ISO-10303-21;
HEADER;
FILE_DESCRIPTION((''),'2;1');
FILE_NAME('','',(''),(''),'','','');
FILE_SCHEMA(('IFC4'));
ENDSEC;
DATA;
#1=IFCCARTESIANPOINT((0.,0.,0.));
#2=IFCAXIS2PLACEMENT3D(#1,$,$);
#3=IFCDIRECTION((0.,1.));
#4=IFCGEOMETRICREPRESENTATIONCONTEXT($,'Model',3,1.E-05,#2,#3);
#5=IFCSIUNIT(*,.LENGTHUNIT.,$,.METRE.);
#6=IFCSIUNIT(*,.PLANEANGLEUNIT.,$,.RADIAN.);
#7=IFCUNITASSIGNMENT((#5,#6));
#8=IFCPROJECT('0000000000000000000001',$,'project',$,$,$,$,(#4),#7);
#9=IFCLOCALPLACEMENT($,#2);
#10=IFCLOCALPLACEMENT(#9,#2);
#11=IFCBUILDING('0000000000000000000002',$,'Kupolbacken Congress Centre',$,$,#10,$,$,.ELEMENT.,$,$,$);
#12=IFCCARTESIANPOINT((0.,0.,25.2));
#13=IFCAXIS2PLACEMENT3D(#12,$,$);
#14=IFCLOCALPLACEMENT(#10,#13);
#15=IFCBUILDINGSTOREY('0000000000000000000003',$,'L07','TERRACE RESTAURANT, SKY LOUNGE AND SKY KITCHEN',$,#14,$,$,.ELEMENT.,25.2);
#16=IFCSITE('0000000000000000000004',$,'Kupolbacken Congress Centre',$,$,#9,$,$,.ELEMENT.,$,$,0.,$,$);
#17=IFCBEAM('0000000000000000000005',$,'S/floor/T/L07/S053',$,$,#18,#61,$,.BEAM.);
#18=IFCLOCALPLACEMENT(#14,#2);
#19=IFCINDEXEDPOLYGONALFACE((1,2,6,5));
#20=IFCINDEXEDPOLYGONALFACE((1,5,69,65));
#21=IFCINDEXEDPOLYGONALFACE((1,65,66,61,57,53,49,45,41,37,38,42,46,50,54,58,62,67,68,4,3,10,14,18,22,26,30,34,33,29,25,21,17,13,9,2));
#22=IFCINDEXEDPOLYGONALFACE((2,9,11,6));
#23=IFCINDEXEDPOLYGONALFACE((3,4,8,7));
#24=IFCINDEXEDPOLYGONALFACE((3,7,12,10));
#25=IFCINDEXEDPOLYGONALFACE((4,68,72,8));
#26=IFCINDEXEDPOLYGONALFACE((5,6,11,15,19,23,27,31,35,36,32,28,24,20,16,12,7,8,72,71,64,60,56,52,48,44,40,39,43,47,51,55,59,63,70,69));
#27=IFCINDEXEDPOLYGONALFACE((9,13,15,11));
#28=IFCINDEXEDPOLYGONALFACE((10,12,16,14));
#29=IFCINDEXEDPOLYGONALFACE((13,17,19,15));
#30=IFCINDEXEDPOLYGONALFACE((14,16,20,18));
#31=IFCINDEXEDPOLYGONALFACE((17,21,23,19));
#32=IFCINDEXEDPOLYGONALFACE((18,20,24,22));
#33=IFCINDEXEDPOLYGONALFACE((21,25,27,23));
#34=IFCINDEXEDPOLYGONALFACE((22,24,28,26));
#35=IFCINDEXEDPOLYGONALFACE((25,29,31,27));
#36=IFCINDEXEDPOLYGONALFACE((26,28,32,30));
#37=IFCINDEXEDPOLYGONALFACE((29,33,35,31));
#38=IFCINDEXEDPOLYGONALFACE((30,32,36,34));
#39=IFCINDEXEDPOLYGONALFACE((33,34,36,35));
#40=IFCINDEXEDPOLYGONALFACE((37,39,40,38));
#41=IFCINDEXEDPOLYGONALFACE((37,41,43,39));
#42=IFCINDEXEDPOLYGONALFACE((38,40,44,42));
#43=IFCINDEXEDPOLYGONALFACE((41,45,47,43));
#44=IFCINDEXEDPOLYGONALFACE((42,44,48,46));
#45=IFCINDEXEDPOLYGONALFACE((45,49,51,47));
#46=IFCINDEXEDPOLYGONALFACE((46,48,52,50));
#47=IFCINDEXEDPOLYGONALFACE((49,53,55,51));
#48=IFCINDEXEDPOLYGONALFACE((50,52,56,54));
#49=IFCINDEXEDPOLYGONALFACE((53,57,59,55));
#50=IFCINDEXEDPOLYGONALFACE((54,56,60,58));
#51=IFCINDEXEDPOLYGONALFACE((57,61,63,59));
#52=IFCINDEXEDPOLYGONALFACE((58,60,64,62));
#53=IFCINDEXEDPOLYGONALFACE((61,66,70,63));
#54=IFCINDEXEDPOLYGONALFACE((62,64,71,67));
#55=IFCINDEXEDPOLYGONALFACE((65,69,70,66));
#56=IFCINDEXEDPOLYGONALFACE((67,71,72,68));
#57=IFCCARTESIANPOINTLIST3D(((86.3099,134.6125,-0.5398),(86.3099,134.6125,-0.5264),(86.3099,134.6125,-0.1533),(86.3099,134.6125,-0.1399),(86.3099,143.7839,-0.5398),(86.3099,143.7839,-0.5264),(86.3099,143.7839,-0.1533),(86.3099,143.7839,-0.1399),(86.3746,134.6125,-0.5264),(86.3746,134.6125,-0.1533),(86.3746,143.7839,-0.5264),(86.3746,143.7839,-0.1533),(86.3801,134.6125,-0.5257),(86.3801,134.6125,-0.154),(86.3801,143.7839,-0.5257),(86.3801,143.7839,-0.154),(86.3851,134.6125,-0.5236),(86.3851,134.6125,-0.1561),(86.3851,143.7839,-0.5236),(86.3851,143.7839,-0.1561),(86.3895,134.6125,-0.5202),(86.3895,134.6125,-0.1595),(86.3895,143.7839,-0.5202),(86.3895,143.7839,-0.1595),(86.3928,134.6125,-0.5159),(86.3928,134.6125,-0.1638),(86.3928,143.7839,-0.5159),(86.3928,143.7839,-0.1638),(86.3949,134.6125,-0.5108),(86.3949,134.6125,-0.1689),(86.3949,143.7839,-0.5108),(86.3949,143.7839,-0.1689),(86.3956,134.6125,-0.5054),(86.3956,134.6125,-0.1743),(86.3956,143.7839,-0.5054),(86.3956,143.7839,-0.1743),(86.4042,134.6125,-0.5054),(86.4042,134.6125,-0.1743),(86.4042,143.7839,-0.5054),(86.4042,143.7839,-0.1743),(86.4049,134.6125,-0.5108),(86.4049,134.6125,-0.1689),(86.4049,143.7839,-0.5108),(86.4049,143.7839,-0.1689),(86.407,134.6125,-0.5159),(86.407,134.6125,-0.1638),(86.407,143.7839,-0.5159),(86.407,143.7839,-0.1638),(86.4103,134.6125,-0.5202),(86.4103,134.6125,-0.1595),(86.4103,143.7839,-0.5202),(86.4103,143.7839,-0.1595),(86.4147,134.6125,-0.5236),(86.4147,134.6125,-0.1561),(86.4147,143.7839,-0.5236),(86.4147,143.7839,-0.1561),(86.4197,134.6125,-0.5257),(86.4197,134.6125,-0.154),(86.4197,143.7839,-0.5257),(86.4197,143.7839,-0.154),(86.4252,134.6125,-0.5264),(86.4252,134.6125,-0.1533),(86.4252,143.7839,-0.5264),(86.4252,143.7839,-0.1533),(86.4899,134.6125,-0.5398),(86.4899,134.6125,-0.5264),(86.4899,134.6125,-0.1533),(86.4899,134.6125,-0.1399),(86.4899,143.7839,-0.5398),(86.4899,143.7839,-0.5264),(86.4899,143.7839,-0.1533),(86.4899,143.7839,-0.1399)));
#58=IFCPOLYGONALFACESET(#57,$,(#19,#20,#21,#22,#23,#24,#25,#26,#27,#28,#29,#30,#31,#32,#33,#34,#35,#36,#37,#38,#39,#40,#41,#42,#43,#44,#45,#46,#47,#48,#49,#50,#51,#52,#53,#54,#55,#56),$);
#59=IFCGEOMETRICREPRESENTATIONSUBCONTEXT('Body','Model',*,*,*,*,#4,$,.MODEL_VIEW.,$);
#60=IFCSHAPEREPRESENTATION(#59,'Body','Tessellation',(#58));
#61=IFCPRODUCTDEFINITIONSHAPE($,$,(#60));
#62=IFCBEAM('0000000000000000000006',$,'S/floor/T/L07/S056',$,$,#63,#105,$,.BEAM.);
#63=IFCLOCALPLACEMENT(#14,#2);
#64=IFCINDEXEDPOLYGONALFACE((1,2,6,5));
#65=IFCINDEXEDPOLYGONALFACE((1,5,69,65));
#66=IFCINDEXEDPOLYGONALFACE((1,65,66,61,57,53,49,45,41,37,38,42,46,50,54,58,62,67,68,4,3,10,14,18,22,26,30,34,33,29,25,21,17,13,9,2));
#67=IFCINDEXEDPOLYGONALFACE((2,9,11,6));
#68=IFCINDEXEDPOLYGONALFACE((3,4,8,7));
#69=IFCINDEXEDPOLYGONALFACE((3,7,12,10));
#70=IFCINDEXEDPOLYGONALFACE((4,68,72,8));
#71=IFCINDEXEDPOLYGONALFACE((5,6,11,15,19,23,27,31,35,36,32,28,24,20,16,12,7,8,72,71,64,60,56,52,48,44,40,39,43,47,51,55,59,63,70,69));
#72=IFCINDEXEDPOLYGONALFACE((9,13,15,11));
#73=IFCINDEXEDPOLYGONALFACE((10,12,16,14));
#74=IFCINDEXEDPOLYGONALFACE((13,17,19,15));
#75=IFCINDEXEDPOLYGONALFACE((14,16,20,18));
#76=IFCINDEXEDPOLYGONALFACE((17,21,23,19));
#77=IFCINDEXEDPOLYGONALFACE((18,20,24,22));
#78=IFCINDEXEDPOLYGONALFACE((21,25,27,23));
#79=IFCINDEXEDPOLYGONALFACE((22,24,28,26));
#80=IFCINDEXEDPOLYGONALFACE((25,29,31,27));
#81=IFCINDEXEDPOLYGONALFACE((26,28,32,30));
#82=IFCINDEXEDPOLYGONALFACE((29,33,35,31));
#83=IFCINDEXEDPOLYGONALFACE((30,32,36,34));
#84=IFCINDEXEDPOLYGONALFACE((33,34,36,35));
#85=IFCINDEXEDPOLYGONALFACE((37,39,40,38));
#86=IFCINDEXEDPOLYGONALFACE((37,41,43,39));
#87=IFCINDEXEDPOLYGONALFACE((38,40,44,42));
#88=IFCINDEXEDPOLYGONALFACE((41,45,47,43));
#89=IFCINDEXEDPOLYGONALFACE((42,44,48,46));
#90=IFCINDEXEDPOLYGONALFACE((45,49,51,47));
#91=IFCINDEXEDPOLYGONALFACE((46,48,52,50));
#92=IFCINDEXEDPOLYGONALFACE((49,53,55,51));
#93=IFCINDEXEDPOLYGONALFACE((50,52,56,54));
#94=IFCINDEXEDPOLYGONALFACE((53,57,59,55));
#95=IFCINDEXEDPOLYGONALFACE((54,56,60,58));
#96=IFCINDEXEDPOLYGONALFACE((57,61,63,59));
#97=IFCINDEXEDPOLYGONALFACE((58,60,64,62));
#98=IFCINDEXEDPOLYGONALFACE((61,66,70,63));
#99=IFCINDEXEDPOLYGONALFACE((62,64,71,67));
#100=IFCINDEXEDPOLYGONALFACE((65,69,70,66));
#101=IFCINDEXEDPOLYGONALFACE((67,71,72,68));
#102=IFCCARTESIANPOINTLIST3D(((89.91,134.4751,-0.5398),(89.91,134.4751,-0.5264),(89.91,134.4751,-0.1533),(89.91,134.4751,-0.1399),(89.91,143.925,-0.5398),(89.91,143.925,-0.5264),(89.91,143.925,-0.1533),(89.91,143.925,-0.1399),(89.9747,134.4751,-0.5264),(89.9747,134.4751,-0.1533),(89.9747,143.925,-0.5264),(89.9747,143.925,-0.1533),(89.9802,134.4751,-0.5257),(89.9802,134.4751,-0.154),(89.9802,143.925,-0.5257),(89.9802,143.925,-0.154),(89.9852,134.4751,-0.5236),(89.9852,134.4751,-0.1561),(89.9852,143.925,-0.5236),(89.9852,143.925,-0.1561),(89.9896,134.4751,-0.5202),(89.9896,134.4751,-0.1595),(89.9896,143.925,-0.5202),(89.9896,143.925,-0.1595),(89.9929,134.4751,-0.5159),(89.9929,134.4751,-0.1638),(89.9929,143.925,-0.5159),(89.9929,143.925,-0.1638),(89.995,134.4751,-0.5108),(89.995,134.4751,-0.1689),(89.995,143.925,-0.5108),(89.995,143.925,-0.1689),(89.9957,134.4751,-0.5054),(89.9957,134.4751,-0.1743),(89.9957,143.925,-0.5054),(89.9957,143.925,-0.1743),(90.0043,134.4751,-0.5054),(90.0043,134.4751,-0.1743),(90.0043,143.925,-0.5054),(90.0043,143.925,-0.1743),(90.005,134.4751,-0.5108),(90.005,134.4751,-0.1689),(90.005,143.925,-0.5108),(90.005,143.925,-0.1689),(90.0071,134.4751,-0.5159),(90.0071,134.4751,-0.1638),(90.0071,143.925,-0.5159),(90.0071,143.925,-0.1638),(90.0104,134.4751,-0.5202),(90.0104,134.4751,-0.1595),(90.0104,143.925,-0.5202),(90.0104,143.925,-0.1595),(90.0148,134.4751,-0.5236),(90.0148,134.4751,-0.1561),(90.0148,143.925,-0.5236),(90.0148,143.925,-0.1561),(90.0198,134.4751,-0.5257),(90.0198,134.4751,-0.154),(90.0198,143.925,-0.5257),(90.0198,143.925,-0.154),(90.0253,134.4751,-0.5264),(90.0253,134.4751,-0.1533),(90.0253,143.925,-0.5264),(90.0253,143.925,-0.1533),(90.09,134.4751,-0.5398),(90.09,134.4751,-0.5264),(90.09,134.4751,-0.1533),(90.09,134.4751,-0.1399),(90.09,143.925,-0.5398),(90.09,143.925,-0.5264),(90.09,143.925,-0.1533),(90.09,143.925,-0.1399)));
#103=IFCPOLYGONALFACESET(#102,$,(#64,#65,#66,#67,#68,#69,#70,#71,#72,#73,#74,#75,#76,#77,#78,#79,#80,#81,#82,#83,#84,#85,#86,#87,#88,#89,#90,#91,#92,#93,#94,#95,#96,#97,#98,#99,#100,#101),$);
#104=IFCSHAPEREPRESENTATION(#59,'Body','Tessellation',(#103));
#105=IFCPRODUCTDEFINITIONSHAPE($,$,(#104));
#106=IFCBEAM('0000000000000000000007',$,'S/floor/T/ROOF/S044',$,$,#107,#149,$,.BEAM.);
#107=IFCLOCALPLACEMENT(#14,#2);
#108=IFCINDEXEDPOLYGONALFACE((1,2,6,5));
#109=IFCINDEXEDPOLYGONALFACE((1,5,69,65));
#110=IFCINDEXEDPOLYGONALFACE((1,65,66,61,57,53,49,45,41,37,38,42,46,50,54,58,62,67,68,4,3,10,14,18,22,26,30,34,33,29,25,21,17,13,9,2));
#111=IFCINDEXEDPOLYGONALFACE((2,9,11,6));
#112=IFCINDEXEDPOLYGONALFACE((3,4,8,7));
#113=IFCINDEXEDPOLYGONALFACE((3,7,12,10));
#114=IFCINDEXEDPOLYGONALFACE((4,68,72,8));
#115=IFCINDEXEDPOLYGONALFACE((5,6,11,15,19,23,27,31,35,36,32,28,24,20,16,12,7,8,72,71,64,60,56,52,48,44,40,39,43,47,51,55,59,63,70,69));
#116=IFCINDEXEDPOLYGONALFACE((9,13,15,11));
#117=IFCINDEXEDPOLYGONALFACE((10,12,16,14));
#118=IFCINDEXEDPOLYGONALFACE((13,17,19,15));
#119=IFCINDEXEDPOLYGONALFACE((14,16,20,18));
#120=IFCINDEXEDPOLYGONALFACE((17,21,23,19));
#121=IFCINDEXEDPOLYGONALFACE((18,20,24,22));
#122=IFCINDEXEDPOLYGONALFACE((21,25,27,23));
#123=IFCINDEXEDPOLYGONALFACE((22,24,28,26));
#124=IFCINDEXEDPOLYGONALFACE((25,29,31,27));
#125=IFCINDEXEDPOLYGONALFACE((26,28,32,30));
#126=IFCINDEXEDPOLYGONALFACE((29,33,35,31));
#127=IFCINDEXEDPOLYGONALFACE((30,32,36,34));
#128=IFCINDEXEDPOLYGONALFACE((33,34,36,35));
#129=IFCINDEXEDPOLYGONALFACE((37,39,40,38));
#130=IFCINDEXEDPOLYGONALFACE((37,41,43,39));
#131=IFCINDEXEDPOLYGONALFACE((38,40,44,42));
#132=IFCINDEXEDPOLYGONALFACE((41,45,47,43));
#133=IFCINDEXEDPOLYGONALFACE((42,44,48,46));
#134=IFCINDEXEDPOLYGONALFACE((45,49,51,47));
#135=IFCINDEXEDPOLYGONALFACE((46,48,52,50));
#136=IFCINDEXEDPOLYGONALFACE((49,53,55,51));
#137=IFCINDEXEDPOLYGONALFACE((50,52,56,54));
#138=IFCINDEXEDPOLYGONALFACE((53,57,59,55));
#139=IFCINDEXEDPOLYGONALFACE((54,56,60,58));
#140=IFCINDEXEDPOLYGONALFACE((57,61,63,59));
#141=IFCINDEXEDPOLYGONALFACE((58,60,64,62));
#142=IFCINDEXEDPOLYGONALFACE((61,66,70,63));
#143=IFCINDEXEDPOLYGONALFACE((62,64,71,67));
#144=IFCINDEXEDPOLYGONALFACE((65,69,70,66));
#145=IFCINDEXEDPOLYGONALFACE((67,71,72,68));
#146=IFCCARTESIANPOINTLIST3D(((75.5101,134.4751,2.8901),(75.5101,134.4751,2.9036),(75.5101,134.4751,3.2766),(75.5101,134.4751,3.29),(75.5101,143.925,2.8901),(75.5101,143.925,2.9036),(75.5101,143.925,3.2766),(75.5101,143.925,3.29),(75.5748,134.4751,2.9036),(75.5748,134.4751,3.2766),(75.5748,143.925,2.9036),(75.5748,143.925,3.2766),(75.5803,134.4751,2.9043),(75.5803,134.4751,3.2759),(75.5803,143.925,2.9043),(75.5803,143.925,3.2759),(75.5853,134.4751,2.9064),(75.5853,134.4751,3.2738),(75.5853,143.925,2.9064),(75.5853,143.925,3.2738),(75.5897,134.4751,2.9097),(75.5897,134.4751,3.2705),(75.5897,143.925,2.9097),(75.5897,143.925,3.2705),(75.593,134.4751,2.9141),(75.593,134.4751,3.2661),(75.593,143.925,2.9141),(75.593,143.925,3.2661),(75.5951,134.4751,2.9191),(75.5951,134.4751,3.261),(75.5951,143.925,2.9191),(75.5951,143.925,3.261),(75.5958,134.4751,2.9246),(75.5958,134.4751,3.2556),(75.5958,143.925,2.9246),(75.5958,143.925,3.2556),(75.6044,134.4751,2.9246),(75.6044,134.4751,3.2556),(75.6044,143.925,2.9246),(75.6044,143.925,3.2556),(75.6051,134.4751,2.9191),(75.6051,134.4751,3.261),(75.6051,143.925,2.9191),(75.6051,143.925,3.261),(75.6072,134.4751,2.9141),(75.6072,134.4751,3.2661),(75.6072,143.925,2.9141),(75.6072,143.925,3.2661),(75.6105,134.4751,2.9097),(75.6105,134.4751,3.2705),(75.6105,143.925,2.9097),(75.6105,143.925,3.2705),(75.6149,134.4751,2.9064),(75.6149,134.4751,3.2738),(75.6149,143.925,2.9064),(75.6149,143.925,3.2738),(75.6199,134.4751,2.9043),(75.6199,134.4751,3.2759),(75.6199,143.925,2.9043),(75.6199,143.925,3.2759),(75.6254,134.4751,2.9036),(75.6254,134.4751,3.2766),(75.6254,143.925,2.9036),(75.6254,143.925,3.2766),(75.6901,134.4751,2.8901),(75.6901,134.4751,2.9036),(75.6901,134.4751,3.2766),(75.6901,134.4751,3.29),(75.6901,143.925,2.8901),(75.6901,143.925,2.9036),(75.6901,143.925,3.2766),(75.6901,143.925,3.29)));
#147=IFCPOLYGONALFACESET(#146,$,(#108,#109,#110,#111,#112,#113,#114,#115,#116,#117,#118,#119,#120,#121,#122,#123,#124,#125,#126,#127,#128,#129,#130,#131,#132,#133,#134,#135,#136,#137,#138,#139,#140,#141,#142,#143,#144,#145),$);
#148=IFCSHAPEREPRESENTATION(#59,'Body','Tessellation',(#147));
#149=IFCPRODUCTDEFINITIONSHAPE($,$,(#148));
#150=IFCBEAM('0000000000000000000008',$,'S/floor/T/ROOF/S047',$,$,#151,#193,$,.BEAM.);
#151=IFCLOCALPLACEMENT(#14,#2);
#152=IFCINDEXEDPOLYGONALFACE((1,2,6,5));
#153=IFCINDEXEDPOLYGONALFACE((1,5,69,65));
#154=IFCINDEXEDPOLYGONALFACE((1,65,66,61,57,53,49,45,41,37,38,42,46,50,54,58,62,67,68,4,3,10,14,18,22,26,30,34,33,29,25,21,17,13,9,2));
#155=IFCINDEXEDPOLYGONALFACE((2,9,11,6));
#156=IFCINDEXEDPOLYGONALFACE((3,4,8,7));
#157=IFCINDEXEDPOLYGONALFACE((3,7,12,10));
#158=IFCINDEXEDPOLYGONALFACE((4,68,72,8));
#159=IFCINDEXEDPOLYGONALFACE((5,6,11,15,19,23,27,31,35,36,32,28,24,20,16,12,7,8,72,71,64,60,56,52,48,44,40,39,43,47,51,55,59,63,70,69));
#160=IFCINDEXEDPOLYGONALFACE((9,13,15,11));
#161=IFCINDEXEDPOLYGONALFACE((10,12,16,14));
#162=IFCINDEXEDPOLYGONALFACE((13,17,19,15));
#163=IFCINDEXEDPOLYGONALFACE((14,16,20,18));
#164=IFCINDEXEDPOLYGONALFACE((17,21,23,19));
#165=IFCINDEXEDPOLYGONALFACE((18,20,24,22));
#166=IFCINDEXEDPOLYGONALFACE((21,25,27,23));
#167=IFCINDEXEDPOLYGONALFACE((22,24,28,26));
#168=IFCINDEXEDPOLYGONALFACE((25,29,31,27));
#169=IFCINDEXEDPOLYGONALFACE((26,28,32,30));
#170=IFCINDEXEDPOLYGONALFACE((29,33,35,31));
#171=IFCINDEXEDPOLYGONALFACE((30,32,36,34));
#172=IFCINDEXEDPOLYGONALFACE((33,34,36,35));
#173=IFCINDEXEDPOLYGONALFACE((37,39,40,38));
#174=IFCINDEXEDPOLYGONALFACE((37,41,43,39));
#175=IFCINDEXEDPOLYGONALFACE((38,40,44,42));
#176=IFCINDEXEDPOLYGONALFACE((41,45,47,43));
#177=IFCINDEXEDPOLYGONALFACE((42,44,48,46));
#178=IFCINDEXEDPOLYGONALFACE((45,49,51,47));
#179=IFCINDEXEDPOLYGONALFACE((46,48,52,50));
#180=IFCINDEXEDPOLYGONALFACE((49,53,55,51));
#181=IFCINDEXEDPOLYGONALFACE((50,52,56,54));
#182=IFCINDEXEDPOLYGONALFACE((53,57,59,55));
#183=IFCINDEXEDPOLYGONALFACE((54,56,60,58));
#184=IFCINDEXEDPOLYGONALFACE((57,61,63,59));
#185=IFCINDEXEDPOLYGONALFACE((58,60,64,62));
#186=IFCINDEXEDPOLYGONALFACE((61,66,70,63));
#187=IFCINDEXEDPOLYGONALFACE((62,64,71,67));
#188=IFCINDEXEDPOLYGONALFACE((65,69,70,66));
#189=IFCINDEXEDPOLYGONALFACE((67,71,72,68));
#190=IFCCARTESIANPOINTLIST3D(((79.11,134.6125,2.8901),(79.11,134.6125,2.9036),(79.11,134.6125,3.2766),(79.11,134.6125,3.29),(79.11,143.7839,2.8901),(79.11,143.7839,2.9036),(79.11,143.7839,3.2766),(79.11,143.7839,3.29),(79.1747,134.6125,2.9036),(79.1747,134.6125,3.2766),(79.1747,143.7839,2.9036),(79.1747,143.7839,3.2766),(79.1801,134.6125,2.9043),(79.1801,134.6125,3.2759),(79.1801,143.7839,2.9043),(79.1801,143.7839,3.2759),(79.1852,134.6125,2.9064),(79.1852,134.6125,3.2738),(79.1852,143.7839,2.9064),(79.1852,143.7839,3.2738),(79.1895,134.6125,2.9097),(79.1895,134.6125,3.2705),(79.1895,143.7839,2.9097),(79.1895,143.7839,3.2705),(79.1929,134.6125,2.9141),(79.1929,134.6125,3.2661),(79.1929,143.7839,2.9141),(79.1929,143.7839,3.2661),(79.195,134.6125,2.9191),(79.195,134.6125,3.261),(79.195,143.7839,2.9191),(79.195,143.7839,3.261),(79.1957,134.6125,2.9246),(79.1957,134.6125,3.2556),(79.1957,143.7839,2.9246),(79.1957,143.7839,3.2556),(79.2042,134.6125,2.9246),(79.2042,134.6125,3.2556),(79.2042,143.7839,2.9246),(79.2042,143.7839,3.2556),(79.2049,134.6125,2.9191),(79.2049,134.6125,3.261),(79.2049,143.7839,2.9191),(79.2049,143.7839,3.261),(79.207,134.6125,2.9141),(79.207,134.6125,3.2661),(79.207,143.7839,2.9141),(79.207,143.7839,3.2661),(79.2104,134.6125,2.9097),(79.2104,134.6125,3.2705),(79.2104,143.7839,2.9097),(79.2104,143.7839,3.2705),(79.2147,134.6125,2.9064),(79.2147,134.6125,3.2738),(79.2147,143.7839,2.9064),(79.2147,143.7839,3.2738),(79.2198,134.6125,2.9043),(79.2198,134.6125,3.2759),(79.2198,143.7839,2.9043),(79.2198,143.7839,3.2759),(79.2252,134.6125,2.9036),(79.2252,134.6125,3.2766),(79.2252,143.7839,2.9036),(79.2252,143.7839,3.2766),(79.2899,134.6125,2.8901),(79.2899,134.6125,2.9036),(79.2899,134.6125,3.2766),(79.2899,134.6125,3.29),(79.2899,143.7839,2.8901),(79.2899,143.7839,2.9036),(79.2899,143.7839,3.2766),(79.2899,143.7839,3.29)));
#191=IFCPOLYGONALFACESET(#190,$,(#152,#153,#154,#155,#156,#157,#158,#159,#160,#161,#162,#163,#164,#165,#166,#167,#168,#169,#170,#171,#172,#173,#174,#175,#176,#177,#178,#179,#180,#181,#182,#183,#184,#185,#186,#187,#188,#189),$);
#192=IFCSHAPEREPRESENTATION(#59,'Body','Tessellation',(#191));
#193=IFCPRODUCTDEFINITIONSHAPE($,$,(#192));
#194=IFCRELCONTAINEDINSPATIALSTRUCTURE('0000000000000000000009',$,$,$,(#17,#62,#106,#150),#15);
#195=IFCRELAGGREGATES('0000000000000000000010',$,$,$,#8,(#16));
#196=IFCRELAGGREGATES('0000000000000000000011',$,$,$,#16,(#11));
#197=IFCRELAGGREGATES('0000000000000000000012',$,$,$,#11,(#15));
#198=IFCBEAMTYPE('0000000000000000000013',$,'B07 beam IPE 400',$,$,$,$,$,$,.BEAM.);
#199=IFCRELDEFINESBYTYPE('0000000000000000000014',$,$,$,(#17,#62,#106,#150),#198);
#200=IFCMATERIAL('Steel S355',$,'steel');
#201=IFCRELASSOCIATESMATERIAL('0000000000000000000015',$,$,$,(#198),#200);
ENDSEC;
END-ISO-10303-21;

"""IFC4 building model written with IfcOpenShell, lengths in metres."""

from ifc_helpers import new_model, si_unit, direction, frame, origin, origin_2d, place, context, subcontext, project, spatial, i_section, extrude, material, material_profile, profile_set, type_object, element, save


model = new_model("IFC4")

# Units and contexts
model_context = context("Model", 3, precision=1e-05, world=origin(), true_north=direction((0.0, 1.0)))
body_context = subcontext(model_context, "Body", "Model", "MODEL_VIEW")
ifc_project = project(units=[si_unit("LENGTHUNIT", "METRE"), si_unit("PLANEANGLEUNIT", "RADIAN")], contexts=[model_context])

# Site, building, storey
site_placement = place(None, origin())
site = spatial("IfcSite", under=ifc_project, at=site_placement, Name="Kupolbacken Congress Centre", CompositionType="ELEMENT", RefElevation=0.0)
building_placement = place(site_placement, origin())
building = spatial("IfcBuilding", under=site, at=building_placement, Name="Kupolbacken Congress Centre", CompositionType="ELEMENT")
storey_placement = place(building_placement, frame((0.0, 0.0, 25.2)))
storey = spatial("IfcBuildingStorey", under=building, at=storey_placement, Name="L07", Description="TERRACE RESTAURANT, SKY LOUNGE AND SKY KITCHEN", CompositionType="ELEMENT", Elevation=25.2)

# Beams
ifc_material_1 = material(Name="Steel S355", Category="steel")
ifc_material_profile_1 = material_profile(ifc_material_1, i_section(OverallWidth=0.1799, OverallDepth=0.3999, WebThickness=0.0085, FlangeThickness=0.0134, FilletRadius=0.021, at=origin_2d()), Name="IPE 400")
ifc_profile_set_1 = profile_set([ifc_material_profile_1], Name="Steel S355")
beam_type_1 = type_object("IfcBeamType", Name="B07 beam IPE 400", PredefinedType="BEAM", material=ifc_profile_set_1)
beam_1_placement = place(storey_placement, frame((86.3999, 134.6125, -0.3398), z_axis=(0.0, 1.0, 0.0), x_axis=(-1.0, 0.0, 0.0)))
element("IfcBeam", 1, at=beam_1_placement, inside=storey, type_object=beam_type_1, Name="S/floor/T/L07/S053", PredefinedType="BEAM", context=body_context, shape_type="SweptSolid", body=[
    extrude(i_section(OverallWidth=0.1799, OverallDepth=0.3999, WebThickness=0.0085, FlangeThickness=0.0134, FilletRadius=0.021, at=origin_2d()), origin(), (0.0, 0.0, 1.0), 9.1714),
])
for number, where, z_axis, x_axis, name in (
    (2, (90.0, 134.4751, -0.3398), (0.0, 1.0, 0.0), (-1.0, 0.0, 0.0), "S/floor/T/L07/S056"),
    (3, (75.6001, 134.4751, 3.0901), (0.0, 1.0, 0.0), (-1.0, 0.0, 0.0), "S/floor/T/ROOF/S044"),
):
    element("IfcBeam", number, at=place(storey_placement, frame(where, z_axis=z_axis, x_axis=x_axis)), inside=storey, type_object=beam_type_1, Name=name, PredefinedType="BEAM", context=body_context, shape_type="SweptSolid", body=[
        extrude(i_section(OverallWidth=0.1799, OverallDepth=0.3999, WebThickness=0.0085, FlangeThickness=0.0134, FilletRadius=0.021, at=origin_2d()), origin(), (0.0, 0.0, 1.0), 9.45),
    ])
beam_2_placement = place(storey_placement, frame((79.2, 134.6125, 3.0901), z_axis=(0.0, 1.0, 0.0), x_axis=(-1.0, 0.0, 0.0)))
element("IfcBeam", 4, at=beam_2_placement, inside=storey, type_object=beam_type_1, Name="S/floor/T/ROOF/S047", PredefinedType="BEAM", context=body_context, shape_type="SweptSolid", body=[
    extrude(i_section(OverallWidth=0.1799, OverallDepth=0.3999, WebThickness=0.0085, FlangeThickness=0.0134, FilletRadius=0.021, at=origin_2d()), origin(), (0.0, 0.0, 1.0), 9.1714),
])

save(model, "model.ifc")
